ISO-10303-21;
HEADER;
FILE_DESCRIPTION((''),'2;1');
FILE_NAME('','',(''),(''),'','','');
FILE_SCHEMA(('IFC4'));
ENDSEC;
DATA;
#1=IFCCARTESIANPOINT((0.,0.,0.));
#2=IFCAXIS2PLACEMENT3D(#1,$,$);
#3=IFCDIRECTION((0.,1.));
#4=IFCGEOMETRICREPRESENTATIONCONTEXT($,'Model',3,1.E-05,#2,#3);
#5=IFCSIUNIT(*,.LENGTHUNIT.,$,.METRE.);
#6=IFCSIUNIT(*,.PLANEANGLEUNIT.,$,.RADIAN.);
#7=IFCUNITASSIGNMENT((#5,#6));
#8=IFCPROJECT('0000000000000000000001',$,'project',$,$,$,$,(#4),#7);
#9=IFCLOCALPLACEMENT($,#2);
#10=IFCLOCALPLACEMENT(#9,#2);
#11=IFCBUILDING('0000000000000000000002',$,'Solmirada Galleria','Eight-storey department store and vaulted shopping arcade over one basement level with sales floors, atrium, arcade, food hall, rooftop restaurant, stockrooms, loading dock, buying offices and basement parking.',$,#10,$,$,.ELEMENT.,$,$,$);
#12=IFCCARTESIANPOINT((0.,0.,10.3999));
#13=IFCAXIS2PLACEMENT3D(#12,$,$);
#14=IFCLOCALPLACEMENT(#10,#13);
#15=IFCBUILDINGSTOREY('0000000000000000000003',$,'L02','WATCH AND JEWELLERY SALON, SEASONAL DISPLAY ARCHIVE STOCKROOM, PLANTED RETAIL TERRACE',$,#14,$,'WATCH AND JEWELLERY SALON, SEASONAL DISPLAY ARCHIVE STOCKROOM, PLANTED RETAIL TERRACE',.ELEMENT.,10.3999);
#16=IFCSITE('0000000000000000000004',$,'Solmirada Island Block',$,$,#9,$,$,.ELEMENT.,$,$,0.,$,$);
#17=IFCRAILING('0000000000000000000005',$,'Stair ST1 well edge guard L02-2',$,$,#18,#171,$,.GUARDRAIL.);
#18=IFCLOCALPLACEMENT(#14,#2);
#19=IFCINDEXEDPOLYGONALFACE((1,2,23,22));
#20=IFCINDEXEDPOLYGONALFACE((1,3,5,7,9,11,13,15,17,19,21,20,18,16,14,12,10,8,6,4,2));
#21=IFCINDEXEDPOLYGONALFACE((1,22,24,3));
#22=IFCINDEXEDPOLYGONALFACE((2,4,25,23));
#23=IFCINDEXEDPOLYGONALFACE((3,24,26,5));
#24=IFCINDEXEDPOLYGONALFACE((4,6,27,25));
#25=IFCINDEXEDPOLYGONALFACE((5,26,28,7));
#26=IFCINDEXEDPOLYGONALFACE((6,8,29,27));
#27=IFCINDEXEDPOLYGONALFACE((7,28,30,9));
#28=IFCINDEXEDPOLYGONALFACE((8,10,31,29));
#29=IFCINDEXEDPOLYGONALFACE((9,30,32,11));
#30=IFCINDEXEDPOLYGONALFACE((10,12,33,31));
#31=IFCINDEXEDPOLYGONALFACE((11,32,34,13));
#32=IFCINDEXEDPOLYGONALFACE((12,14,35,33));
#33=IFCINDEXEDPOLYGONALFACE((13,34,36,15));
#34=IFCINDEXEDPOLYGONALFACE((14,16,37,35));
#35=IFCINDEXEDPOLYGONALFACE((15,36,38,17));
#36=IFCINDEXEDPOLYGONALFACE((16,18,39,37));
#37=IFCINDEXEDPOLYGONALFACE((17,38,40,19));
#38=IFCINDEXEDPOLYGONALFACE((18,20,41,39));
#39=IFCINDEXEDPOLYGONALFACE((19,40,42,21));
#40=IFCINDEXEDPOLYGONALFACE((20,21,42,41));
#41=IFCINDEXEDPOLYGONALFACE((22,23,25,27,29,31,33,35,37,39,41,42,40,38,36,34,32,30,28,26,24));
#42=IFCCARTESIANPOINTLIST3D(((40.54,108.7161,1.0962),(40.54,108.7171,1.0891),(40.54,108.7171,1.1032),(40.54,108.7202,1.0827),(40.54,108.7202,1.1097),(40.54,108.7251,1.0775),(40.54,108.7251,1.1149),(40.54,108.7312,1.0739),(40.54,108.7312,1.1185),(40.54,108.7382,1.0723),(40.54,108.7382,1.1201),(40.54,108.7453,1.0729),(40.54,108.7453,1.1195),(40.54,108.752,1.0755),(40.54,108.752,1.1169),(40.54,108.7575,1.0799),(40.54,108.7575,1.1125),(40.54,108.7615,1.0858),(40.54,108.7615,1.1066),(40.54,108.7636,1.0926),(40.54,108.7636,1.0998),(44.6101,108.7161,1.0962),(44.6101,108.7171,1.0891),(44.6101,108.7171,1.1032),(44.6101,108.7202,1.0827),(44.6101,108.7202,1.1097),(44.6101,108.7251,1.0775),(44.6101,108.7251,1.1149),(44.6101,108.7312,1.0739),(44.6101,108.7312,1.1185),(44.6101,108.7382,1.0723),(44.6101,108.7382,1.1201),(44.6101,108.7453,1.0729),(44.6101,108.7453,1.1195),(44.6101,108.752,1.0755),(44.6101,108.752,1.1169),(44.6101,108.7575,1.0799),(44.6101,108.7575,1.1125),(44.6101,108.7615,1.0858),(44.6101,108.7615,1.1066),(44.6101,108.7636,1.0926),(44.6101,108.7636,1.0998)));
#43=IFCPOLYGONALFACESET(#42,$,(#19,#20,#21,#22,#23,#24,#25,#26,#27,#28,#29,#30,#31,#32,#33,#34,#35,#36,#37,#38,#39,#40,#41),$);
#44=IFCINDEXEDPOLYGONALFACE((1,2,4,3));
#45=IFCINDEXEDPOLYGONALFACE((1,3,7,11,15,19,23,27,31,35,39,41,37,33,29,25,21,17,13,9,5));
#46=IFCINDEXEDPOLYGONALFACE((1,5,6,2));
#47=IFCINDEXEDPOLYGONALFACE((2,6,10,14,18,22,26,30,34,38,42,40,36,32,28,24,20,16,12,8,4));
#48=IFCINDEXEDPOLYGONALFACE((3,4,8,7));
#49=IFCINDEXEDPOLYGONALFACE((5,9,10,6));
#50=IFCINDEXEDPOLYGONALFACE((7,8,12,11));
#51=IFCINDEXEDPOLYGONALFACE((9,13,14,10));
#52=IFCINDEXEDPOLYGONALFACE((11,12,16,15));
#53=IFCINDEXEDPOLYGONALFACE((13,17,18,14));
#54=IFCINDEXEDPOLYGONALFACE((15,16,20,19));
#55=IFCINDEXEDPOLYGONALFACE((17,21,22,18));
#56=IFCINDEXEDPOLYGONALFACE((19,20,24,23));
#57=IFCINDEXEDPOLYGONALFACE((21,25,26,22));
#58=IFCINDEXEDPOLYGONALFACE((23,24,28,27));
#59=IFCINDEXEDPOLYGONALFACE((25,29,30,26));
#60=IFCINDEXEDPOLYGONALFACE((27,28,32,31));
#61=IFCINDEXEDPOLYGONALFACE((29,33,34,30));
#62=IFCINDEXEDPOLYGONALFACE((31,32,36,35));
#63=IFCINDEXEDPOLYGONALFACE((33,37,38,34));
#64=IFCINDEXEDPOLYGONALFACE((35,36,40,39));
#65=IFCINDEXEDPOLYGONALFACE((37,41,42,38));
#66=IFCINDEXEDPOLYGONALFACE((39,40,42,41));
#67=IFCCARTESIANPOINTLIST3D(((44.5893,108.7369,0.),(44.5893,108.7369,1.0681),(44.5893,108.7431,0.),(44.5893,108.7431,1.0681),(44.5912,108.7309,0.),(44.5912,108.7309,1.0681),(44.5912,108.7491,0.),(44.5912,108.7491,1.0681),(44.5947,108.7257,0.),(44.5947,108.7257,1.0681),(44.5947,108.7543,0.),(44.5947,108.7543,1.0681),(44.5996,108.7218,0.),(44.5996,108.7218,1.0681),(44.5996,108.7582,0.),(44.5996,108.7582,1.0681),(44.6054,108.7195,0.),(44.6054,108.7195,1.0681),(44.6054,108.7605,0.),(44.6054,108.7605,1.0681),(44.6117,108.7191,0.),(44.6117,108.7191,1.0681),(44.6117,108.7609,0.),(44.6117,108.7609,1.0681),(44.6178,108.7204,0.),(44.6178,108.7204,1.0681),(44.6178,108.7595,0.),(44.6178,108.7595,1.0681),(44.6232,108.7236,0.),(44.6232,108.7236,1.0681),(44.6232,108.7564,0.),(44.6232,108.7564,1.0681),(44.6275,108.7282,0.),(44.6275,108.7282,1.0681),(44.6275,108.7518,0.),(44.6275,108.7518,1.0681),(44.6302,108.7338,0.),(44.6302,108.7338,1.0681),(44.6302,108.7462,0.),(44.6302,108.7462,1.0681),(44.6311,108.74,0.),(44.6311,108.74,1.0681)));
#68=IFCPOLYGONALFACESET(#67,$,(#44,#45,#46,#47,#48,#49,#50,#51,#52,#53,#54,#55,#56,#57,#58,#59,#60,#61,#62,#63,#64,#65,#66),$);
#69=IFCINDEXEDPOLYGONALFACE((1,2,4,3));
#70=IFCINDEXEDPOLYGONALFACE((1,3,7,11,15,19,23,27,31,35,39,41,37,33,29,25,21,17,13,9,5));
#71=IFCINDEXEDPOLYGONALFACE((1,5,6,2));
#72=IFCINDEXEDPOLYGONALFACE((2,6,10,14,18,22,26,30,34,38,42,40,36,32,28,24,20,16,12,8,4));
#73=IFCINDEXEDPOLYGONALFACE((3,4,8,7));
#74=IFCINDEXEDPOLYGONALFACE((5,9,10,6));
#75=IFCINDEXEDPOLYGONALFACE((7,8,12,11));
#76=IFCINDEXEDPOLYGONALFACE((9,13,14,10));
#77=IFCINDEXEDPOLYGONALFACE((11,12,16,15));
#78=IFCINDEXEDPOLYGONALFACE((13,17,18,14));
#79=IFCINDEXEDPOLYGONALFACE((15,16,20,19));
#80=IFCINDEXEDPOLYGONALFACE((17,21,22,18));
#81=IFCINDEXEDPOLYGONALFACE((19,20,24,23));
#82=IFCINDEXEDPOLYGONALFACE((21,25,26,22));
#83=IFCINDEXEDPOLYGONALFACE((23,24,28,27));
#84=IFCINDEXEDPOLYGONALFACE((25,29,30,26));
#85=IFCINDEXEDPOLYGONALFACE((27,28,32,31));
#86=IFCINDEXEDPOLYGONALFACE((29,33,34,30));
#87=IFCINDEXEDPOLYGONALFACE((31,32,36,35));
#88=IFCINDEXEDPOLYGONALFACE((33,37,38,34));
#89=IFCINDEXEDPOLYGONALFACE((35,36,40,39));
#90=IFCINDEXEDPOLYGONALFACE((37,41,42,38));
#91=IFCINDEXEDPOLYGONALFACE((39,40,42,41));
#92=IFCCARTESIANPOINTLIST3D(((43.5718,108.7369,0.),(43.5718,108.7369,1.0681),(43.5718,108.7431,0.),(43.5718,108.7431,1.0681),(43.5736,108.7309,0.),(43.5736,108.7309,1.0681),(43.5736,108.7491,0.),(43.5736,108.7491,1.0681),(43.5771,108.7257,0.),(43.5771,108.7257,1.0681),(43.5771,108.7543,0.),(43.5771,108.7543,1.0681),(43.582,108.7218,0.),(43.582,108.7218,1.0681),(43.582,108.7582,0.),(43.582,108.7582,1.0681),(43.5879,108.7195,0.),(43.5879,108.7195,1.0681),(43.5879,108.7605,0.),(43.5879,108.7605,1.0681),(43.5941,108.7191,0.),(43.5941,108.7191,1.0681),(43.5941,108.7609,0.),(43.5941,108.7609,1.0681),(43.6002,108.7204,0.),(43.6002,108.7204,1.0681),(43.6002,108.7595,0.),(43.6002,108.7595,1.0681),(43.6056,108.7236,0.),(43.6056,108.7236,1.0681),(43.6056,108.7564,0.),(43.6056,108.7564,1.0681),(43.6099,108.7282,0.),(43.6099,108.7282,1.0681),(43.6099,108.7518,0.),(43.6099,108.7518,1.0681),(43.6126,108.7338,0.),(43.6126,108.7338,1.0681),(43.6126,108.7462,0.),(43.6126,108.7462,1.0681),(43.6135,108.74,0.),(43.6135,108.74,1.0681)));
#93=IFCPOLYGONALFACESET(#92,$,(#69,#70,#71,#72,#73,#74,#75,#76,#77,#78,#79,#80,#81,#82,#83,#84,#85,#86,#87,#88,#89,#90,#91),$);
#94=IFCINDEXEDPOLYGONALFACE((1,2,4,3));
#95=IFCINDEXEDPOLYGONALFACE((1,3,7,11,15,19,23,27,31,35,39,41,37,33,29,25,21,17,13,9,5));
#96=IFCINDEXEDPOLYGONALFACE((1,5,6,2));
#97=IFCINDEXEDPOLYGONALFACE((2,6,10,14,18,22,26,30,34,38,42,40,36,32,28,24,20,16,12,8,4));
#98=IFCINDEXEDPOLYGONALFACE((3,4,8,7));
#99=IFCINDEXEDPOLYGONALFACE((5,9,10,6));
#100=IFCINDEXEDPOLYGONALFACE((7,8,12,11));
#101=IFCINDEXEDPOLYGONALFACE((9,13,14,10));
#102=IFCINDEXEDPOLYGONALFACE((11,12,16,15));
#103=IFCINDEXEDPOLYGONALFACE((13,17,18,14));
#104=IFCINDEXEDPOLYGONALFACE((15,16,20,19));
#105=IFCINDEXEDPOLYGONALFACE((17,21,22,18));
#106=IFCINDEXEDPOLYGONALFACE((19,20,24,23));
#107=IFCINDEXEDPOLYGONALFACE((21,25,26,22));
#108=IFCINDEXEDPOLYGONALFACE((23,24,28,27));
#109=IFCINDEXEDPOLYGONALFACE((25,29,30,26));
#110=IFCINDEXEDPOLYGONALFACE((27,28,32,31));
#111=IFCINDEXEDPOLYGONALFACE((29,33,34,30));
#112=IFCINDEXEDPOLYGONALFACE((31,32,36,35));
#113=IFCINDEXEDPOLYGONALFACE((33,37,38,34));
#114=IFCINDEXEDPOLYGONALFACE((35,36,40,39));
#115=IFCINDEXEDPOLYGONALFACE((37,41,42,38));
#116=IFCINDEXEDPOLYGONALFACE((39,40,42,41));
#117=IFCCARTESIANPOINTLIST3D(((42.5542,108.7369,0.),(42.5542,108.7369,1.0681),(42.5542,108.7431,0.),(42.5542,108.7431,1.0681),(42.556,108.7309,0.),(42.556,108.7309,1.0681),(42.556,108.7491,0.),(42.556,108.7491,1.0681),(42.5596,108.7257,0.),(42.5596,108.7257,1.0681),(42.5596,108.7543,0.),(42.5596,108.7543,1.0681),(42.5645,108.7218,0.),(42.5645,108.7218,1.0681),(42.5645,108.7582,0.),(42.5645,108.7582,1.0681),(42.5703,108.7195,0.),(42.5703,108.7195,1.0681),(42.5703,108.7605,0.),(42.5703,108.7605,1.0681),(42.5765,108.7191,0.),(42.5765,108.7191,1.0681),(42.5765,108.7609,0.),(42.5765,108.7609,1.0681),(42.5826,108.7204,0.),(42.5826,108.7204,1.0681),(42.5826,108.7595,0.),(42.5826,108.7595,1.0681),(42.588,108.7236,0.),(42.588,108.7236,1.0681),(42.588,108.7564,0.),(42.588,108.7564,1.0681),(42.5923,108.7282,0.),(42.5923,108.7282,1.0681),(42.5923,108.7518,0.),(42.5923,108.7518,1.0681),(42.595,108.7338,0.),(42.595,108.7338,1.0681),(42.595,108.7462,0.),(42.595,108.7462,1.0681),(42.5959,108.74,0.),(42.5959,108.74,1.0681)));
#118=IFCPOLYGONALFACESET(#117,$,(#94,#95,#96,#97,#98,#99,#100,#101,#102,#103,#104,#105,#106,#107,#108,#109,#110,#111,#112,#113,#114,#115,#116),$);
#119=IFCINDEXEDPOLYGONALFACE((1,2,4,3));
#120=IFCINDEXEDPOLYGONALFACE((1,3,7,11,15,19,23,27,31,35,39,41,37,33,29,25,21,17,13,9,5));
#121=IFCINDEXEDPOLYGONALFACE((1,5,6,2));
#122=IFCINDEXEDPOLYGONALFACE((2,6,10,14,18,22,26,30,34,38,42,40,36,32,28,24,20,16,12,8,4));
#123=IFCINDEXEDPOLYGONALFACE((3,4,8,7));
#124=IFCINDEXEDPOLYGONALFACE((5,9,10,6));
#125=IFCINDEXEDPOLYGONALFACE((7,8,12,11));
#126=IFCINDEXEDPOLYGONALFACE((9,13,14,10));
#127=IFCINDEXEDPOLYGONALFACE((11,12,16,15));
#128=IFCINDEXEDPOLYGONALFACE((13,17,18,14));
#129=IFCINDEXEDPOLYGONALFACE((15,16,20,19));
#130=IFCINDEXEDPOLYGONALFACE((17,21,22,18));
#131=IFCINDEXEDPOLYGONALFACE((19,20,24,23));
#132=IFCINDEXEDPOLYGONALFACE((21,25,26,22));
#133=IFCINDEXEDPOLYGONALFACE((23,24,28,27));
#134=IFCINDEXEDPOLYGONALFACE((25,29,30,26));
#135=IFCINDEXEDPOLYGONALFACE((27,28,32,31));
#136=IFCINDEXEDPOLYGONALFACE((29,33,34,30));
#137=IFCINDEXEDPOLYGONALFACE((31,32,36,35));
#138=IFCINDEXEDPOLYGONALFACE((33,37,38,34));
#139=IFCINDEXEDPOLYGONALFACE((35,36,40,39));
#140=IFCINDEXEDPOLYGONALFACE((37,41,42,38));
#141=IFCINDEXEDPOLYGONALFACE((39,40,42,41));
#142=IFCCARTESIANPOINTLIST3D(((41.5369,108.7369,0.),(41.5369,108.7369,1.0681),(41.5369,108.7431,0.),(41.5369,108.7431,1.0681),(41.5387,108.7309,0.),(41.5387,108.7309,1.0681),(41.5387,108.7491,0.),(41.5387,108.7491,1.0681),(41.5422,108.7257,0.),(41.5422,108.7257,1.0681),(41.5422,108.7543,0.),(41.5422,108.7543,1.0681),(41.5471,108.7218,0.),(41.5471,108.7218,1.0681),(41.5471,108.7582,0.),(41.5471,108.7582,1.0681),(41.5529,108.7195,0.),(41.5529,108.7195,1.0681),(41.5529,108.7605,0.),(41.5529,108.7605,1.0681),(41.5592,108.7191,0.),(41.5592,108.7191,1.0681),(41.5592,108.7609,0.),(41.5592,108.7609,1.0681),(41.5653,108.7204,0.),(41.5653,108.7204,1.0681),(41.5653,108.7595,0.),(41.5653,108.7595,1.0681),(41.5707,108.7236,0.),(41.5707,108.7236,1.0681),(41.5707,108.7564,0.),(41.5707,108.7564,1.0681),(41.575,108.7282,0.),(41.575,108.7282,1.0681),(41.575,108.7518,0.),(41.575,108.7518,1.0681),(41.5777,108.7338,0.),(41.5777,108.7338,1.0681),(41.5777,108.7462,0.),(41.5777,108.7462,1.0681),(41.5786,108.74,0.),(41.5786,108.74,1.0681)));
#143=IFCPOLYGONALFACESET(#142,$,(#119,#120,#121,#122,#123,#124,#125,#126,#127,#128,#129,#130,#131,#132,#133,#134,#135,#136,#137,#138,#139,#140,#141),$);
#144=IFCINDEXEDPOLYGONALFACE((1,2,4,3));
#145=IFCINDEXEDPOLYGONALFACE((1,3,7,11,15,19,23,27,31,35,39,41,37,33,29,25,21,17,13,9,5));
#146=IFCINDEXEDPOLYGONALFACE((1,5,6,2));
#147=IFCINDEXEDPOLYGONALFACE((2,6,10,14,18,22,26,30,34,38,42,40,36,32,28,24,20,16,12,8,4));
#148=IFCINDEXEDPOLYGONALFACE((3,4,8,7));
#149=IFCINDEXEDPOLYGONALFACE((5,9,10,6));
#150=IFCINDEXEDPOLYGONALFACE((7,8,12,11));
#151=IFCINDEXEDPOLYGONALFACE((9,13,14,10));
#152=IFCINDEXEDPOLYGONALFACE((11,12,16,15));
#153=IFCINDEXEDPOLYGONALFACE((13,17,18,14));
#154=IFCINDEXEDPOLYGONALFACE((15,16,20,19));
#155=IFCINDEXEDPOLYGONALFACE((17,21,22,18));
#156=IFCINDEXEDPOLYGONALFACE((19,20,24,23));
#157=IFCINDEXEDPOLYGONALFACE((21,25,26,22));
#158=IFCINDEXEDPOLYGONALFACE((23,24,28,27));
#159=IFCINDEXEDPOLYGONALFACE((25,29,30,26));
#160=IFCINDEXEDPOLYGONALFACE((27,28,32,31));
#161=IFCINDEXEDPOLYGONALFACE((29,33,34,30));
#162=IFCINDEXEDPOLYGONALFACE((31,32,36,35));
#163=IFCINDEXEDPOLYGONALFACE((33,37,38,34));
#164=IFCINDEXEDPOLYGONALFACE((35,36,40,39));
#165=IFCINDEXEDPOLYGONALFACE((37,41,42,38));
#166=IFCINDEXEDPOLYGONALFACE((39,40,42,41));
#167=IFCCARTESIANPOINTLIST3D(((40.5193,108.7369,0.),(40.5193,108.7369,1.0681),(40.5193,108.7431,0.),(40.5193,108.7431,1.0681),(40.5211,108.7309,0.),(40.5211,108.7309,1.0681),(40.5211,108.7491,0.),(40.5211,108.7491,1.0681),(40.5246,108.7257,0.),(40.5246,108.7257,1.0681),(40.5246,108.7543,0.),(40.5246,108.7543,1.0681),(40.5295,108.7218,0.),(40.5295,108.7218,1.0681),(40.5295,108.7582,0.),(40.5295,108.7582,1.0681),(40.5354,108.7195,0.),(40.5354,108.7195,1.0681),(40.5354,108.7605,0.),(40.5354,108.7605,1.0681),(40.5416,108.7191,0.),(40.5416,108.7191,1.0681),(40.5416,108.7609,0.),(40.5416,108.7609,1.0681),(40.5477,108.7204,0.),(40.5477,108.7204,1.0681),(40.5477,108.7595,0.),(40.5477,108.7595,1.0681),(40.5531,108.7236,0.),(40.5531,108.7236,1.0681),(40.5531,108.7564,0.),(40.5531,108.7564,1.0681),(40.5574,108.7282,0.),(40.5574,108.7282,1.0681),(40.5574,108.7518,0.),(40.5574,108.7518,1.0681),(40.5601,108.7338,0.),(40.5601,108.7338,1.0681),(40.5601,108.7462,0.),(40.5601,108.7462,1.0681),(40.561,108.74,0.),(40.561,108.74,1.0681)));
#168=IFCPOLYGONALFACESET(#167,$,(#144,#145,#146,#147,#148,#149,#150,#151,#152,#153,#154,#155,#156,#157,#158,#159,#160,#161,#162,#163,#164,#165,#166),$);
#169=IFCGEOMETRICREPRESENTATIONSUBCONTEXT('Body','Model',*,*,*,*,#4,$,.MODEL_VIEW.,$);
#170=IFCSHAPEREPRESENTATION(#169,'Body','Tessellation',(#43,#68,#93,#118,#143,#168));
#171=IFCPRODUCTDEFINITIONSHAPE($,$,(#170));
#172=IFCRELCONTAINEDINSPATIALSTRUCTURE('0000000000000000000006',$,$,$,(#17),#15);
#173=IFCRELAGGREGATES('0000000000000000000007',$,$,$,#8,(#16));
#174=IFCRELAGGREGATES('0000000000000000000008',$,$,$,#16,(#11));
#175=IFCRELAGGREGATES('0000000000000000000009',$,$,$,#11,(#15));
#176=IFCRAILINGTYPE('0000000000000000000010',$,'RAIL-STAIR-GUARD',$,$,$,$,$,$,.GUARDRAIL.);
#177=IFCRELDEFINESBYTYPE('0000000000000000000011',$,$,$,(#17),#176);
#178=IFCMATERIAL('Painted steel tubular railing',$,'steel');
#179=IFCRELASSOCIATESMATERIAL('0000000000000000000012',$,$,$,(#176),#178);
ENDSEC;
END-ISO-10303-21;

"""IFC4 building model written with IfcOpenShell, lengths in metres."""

from ifc_helpers import new_model, si_unit, direction, frame, origin, origin_2d, place, context, subcontext, project, spatial, circle, extrude, material, type_object, element, save


model = new_model("IFC4")

# Units and contexts
model_context = context("Model", 3, precision=1e-05, world=origin(), true_north=direction((0.0, 1.0)))
body_context = subcontext(model_context, "Body", "Model", "MODEL_VIEW")
ifc_project = project(units=[si_unit("LENGTHUNIT", "METRE"), si_unit("PLANEANGLEUNIT", "RADIAN")], contexts=[model_context])

# Site, building, storey
site_placement = place(None, origin())
site = spatial("IfcSite", under=ifc_project, at=site_placement, Name="Solmirada Island Block", CompositionType="ELEMENT", RefElevation=0.0)
building_placement = place(site_placement, origin())
building = spatial("IfcBuilding", under=site, at=building_placement, Name="Solmirada Galleria", Description="Eight-storey department store and vaulted shopping arcade over one basement level with sales floors, atrium, arcade, food hall, rooftop restaurant, stockrooms, loading dock, buying offices and basement parking.", CompositionType="ELEMENT")
storey_placement = place(building_placement, frame((0.0, 0.0, 10.3999)))
storey = spatial("IfcBuildingStorey", under=building, at=storey_placement, Name="L02", Description="WATCH AND JEWELLERY SALON, SEASONAL DISPLAY ARCHIVE STOCKROOM, PLANTED RETAIL TERRACE", LongName="WATCH AND JEWELLERY SALON, SEASONAL DISPLAY ARCHIVE STOCKROOM, PLANTED RETAIL TERRACE", CompositionType="ELEMENT", Elevation=10.3999)

# Railing
ifc_material_1 = material(Name="Painted steel tubular railing", Category="steel")
railing_type = type_object("IfcRailingType", Name="RAIL-STAIR-GUARD", PredefinedType="GUARDRAIL", material=ifc_material_1)
railing_1_placement = place(storey_placement, frame((44.6101, 108.74, 0.0)))
element("IfcRailing", 1, at=railing_1_placement, inside=storey, type_object=railing_type, Name="Stair ST1 well edge guard L02-2", PredefinedType="GUARDRAIL", context=body_context, shape_type="SweptSolid", body=[
    extrude(circle(Radius=0.0239, at=origin_2d()), frame((0.0, 0.0, 1.0962), z_axis=(-1.0, 0.0, 0.0), x_axis=(0.0, -1.0, 0.0)), (0.0, 0.0, 1.0), 4.0701),
    extrude(circle(Radius=0.021, at=origin_2d()), origin(), (0.0, 0.0, 1.0), 1.0681),
    extrude(circle(Radius=0.021, at=origin_2d()), frame((-1.0176, 0.0, 0.0)), (0.0, 0.0, 1.0), 1.0681),
    extrude(circle(Radius=0.021, at=origin_2d()), frame((-2.0352, 0.0, 0.0)), (0.0, 0.0, 1.0), 1.0681),
    extrude(circle(Radius=0.021, at=origin_2d()), frame((-3.0525, 0.0, 0.0)), (0.0, 0.0, 1.0), 1.0681),
    extrude(circle(Radius=0.021, at=origin_2d()), frame((-4.0701, 0.0, 0.0)), (0.0, 0.0, 1.0), 1.0681),
])

save(model, "model.ifc")
